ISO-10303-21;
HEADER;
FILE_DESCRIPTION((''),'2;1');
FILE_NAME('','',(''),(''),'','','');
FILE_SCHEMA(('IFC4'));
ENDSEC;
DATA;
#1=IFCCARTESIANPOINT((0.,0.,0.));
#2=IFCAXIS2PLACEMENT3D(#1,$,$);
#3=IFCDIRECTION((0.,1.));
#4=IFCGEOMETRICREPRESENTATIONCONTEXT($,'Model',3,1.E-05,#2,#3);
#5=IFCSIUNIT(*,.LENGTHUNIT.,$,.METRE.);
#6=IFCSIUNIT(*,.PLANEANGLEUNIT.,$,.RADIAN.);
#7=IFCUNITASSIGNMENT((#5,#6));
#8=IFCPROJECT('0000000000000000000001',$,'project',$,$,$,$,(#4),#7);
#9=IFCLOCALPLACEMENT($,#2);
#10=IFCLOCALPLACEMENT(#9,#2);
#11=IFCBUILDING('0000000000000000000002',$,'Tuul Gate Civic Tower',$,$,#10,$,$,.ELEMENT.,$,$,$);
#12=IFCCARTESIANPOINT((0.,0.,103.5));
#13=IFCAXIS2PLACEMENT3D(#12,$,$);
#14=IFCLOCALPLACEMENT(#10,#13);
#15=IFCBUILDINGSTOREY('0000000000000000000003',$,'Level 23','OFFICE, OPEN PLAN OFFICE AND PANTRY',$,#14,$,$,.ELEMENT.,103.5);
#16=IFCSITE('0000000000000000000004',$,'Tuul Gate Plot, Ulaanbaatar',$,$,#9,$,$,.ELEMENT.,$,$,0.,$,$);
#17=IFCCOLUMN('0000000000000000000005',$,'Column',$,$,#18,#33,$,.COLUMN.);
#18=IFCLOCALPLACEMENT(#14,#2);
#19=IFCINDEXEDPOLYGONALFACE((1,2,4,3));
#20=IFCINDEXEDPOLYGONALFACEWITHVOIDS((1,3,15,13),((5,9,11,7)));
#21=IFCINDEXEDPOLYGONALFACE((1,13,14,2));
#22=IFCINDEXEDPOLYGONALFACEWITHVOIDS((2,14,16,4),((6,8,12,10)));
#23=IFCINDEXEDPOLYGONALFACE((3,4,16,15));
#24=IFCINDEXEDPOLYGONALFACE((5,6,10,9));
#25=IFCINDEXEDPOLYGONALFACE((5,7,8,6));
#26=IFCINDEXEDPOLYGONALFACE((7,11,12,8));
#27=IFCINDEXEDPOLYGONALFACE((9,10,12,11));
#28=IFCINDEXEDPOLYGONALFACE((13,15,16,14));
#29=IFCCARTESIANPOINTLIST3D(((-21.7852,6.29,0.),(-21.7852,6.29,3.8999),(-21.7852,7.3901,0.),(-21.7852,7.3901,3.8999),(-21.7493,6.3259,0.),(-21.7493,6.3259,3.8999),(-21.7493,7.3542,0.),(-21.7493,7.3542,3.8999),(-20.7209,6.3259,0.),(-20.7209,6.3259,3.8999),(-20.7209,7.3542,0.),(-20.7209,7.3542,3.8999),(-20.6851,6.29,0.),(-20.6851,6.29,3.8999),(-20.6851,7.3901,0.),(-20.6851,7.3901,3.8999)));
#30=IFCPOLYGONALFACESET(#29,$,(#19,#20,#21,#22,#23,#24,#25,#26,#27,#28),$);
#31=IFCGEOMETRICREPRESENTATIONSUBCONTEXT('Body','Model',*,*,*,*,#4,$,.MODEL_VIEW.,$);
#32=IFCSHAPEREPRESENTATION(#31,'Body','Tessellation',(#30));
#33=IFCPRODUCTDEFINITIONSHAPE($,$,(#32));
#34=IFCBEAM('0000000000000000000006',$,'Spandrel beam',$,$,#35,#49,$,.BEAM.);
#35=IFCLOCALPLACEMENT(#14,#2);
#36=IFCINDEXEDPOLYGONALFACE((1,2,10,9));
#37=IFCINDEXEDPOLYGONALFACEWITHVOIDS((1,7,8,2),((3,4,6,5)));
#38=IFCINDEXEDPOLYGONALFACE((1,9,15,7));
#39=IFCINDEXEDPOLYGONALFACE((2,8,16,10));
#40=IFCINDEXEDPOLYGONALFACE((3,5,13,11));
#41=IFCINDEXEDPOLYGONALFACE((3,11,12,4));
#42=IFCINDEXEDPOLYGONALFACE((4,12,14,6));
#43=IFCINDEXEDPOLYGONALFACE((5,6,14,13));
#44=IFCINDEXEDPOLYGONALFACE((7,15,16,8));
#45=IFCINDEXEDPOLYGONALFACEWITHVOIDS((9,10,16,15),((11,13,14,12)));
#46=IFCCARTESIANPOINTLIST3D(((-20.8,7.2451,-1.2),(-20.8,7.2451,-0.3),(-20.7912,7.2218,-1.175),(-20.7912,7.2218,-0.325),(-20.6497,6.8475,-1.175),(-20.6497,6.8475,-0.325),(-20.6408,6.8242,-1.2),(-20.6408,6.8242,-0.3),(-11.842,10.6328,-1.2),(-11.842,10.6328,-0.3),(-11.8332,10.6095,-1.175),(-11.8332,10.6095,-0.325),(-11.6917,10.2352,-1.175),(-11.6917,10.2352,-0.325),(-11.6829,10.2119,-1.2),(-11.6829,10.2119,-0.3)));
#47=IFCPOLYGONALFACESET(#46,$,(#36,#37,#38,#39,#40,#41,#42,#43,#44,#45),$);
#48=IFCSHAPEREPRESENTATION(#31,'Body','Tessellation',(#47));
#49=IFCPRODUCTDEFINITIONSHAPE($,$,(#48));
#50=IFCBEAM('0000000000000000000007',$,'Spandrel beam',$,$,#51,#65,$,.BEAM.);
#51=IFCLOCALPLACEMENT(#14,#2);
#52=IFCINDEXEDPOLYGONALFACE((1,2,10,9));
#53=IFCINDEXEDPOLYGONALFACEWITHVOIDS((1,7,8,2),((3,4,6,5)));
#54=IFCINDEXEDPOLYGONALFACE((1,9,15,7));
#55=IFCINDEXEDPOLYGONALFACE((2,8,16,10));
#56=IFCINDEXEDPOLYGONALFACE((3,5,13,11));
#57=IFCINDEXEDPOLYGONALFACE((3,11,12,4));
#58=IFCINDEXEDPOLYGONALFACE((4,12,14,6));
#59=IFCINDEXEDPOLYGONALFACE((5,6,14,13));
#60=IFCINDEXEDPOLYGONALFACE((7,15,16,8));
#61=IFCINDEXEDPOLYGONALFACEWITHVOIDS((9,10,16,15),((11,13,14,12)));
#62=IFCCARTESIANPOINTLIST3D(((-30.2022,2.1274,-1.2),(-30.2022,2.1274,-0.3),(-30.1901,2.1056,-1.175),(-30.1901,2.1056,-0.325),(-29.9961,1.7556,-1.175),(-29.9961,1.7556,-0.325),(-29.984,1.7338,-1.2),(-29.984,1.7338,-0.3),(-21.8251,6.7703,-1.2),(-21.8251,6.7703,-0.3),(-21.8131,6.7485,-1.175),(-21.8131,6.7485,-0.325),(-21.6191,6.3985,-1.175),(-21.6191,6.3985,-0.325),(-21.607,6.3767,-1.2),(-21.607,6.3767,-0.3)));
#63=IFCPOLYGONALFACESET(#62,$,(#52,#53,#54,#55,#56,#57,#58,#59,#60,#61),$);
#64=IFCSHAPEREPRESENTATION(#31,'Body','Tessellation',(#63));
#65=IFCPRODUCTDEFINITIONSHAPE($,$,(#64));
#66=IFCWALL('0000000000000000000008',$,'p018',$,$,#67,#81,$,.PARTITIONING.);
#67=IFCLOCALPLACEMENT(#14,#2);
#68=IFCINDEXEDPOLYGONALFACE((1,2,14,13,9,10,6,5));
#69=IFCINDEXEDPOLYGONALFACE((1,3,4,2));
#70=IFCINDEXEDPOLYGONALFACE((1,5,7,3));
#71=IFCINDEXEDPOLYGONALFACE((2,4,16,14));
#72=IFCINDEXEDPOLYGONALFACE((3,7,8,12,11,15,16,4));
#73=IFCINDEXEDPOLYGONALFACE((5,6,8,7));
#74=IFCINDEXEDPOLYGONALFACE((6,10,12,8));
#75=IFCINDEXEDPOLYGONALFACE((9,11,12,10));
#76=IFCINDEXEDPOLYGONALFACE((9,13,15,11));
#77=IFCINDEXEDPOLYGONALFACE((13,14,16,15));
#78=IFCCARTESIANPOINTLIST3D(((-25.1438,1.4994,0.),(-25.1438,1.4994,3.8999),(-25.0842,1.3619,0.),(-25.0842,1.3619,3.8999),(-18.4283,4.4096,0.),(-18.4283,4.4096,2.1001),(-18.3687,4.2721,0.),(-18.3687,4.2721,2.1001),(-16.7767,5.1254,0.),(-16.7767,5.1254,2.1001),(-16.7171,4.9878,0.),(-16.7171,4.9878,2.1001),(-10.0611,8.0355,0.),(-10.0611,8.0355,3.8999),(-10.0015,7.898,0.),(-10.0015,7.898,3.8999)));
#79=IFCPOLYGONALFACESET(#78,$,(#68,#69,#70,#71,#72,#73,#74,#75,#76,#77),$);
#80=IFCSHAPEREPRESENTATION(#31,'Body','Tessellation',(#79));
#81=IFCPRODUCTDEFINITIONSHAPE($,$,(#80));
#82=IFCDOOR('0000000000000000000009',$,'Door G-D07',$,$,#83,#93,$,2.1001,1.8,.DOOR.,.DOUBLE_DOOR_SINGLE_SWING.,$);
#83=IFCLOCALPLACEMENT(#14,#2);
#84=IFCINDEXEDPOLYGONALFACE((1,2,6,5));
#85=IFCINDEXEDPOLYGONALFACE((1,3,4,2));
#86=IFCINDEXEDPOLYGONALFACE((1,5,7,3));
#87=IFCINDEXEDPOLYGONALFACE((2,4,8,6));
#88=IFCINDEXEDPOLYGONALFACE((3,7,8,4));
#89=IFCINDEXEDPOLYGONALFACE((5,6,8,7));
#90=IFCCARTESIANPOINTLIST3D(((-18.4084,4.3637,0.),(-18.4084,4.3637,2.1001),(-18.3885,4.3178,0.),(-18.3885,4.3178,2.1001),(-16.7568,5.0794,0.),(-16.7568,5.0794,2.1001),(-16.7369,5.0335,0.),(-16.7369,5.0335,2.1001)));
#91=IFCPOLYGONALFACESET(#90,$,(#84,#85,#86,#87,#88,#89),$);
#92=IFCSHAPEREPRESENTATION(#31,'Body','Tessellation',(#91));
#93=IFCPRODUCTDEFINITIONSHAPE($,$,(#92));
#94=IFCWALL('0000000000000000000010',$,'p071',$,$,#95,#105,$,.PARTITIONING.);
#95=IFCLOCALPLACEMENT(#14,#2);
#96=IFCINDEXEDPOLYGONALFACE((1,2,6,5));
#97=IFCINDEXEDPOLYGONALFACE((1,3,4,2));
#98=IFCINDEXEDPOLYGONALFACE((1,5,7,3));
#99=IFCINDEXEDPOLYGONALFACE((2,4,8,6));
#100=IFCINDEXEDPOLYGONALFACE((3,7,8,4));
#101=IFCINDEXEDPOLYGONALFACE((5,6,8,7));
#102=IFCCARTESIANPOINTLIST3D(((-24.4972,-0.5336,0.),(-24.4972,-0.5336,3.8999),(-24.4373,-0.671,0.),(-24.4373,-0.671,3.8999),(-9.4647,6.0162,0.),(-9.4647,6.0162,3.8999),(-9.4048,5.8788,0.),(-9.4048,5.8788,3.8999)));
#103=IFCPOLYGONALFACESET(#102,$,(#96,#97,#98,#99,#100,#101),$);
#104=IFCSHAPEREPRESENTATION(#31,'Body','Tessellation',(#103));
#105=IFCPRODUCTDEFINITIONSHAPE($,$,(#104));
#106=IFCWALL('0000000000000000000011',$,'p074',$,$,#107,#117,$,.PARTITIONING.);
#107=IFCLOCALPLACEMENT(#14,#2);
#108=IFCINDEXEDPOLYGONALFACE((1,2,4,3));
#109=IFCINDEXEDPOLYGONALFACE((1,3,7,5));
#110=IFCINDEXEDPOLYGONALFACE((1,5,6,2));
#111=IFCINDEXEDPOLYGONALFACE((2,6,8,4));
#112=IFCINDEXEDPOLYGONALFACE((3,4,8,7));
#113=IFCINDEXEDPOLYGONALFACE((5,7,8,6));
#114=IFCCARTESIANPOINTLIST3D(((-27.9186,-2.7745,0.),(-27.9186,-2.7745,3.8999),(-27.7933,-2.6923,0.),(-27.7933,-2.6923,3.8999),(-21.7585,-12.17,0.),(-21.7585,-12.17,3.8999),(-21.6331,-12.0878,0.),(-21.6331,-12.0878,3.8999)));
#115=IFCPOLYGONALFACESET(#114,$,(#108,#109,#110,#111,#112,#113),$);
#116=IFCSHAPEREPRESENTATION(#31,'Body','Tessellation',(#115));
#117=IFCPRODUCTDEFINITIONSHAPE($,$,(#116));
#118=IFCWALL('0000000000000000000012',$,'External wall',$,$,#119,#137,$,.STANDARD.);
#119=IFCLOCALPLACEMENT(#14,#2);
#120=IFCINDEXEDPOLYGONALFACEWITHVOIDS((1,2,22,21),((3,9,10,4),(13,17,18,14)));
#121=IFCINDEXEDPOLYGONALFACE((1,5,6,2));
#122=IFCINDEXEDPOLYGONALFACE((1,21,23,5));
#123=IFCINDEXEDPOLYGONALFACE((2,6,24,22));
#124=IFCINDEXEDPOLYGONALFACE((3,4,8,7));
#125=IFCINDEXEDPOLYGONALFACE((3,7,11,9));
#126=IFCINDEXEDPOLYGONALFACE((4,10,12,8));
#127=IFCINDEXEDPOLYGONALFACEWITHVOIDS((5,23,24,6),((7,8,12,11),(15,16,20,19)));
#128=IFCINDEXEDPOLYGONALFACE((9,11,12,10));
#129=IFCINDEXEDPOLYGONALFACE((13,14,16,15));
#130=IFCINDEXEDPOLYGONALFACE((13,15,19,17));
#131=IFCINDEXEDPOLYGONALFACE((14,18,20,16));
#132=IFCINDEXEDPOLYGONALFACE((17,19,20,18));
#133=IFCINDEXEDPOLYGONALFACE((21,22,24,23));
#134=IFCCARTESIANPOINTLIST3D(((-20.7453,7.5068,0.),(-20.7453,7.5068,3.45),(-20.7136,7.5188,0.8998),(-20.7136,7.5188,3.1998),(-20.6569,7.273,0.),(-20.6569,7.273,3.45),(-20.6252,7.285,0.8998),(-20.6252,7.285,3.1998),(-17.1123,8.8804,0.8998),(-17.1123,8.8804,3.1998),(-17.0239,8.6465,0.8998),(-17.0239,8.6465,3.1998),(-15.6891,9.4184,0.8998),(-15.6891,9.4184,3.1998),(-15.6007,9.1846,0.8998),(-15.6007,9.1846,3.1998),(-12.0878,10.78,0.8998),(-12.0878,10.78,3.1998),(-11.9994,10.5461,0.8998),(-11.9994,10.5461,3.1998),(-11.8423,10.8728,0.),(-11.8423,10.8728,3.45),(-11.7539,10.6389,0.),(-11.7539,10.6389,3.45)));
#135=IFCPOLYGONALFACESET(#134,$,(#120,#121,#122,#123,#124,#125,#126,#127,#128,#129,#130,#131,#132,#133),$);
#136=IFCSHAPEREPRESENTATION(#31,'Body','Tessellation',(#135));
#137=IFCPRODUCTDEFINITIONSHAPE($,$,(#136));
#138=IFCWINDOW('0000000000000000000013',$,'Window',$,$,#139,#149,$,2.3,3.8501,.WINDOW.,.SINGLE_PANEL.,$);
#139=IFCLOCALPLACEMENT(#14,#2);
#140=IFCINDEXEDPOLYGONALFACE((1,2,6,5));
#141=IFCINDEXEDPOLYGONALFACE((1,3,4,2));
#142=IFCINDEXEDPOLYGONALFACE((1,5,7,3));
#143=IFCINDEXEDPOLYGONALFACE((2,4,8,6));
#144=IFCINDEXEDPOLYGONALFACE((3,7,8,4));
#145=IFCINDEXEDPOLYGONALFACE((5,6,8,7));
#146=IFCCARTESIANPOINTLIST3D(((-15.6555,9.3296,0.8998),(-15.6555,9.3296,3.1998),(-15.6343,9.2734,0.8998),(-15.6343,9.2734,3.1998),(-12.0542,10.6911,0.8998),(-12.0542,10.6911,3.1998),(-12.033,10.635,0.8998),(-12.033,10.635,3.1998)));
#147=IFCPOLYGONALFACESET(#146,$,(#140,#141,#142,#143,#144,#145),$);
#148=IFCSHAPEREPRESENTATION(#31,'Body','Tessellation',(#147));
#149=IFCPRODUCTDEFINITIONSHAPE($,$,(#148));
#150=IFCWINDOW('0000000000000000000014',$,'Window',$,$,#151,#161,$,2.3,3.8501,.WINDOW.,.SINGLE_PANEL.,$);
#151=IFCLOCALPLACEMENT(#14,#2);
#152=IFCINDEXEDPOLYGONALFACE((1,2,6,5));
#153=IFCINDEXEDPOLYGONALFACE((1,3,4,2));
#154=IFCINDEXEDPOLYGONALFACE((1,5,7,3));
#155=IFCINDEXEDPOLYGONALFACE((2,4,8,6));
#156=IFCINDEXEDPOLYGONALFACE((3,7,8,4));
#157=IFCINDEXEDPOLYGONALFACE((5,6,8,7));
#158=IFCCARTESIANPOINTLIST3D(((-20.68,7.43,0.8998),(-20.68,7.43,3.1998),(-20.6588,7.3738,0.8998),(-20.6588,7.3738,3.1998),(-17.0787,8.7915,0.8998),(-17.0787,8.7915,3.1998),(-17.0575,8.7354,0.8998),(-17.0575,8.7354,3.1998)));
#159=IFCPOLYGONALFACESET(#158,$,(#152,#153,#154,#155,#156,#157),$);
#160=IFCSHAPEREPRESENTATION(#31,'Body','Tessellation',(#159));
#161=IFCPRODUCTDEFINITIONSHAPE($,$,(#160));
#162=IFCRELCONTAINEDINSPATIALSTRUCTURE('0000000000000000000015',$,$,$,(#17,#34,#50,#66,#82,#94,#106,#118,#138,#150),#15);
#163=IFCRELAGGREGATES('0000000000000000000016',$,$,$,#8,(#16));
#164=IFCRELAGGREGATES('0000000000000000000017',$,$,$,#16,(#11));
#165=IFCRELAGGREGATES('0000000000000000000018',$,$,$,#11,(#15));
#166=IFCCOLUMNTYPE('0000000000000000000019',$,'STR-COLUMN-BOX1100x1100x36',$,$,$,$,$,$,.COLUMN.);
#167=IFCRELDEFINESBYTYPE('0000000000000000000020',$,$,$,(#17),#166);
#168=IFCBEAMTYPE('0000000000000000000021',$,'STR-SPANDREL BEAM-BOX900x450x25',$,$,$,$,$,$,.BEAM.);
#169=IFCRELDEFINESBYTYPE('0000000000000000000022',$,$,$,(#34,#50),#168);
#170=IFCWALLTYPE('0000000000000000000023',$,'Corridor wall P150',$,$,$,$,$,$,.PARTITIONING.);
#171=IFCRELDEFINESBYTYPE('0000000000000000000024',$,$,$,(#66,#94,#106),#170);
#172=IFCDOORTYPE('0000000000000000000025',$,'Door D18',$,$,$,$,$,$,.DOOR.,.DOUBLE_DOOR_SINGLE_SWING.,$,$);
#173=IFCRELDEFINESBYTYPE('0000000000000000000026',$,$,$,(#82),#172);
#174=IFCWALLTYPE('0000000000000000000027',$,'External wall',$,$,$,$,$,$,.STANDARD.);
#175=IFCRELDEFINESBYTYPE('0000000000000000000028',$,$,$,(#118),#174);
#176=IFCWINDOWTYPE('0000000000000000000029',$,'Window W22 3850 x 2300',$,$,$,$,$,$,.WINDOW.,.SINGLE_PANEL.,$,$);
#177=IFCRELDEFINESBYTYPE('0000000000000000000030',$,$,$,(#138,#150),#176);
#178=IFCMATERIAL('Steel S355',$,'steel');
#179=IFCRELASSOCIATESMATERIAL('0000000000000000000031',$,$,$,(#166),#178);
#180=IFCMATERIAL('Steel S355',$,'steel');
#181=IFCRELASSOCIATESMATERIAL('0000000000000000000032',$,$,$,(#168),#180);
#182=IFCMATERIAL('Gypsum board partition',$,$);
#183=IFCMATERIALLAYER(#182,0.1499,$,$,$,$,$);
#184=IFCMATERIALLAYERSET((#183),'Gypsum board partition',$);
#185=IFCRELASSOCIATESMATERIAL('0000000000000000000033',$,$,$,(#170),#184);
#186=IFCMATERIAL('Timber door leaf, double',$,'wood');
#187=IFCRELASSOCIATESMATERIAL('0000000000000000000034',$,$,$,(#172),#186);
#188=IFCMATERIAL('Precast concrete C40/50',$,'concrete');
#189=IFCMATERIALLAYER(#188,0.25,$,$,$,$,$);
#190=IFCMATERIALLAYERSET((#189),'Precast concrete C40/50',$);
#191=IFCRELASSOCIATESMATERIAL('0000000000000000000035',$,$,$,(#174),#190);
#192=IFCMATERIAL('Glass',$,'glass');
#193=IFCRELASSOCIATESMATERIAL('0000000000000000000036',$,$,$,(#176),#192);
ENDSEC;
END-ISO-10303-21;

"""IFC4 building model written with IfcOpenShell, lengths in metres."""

from ifc_helpers import new_model, si_unit, direction, frame, frame_2d, origin, origin_2d, place, context, subcontext, project, spatial, rectangle, hollow_rectangle, extrude, material, layer, layer_set, material_profile, profile_set, type_object, element, fill, save


model = new_model("IFC4")

# Units and contexts
model_context = context("Model", 3, precision=1e-05, world=origin(), true_north=direction((0.0, 1.0)))
body_context = subcontext(model_context, "Body", "Model", "MODEL_VIEW")
ifc_project = project(units=[si_unit("LENGTHUNIT", "METRE"), si_unit("PLANEANGLEUNIT", "RADIAN")], contexts=[model_context])

# Site, building, storey
site_placement = place(None, origin())
site = spatial("IfcSite", under=ifc_project, at=site_placement, Name="Tuul Gate Plot, Ulaanbaatar", CompositionType="ELEMENT", RefElevation=0.0)
building_placement = place(site_placement, origin())
building = spatial("IfcBuilding", under=site, at=building_placement, Name="Tuul Gate Civic Tower", CompositionType="ELEMENT")
storey_placement = place(building_placement, frame((0.0, 0.0, 103.5)))
storey = spatial("IfcBuildingStorey", under=building, at=storey_placement, Name="Level 23", Description="OFFICE, OPEN PLAN OFFICE AND PANTRY", CompositionType="ELEMENT", Elevation=103.5)

# Column
ifc_material_1 = material(Name="Steel S355", Category="steel")
ifc_material_profile_1 = material_profile(ifc_material_1, hollow_rectangle(XDim=1.1001, YDim=1.1001, WallThickness=0.0359, at=origin_2d()), Name="BOX1100x1100x36")
ifc_profile_set_1 = profile_set([ifc_material_profile_1], Name="Steel S355")
column_type = type_object("IfcColumnType", Name="STR-COLUMN-BOX1100x1100x36", PredefinedType="COLUMN", material=ifc_profile_set_1)
column_placement = place(storey_placement, frame((-21.2351, 6.8401, 0.0), z_axis=(0.0, 0.0, 1.0), x_axis=(1.0, 0.0, 0.0)))
element("IfcColumn", 1, at=column_placement, inside=storey, type_object=column_type, Name="Column", PredefinedType="COLUMN", context=body_context, shape_type="SweptSolid", body=[
    extrude(hollow_rectangle(XDim=1.1001, YDim=1.1001, WallThickness=0.0359, at=origin_2d()), origin(), (0.0, 0.0, 1.0), 3.8999),
])

# Beams
ifc_material_2 = material(Name="Steel S355", Category="steel")
ifc_material_profile_2 = material_profile(ifc_material_2, hollow_rectangle(XDim=0.45, YDim=0.8999, WallThickness=0.0249, at=origin_2d()), Name="BOX900x450x25")
ifc_profile_set_2 = profile_set([ifc_material_profile_2], Name="Steel S355")
beam_type = type_object("IfcBeamType", Name="STR-SPANDREL BEAM-BOX900x450x25", PredefinedType="BEAM", material=ifc_profile_set_2)
beam_1_placement = place(storey_placement, frame((-11.7625, 10.4224, -0.75), z_axis=(-0.935349, -0.353726, 0.0), x_axis=(0.353726, -0.935349, 0.0)))
element("IfcBeam", 2, at=beam_1_placement, inside=storey, type_object=beam_type, Name="Spandrel beam", PredefinedType="BEAM", context=body_context, shape_type="SweptSolid", body=[
    extrude(hollow_rectangle(XDim=0.45, YDim=0.8999, WallThickness=0.0249, at=origin_2d()), origin(), (0.0, 0.0, 1.0), 9.5771),
])
beam_2_placement = place(storey_placement, frame((-21.7161, 6.5735, -0.75), z_axis=(-0.874646, -0.484762, 0.0), x_axis=(0.484762, -0.874646, 0.0)))
element("IfcBeam", 3, at=beam_2_placement, inside=storey, type_object=beam_type, Name="Spandrel beam", PredefinedType="BEAM", context=body_context, shape_type="SweptSolid", body=[
    extrude(hollow_rectangle(XDim=0.45, YDim=0.8999, WallThickness=0.0249, at=origin_2d()), origin(), (0.0, 0.0, 1.0), 9.5776),
])

# Wall, opening, door
ifc_material_3 = material(Name="Gypsum board partition")
ifc_layer_1 = layer(ifc_material_3, 0.1499)
ifc_layer_set_1 = layer_set([ifc_layer_1], Name="Gypsum board partition")
wall_type_1 = type_object("IfcWallType", Name="Corridor wall P150", PredefinedType="PARTITIONING", material=ifc_layer_set_1)
wall_1_placement = place(storey_placement, frame((-25.114, 1.4307, 0.0), z_axis=(0.0, 0.0, 1.0), x_axis=(0.91755, 0.397621, 0.0)))
wall_1 = element("IfcWall", 4, at=wall_1_placement, inside=storey, type_object=wall_type_1, Name="p018", PredefinedType="PARTITIONING", context=body_context, shape_type="SweptSolid", body=[
    extrude(rectangle(XDim=16.438, YDim=0.1499, at=frame_2d((8.219, 0.0))), origin(), (0.0, 0.0, 1.0), 3.8999),
])
opening_1_placement = place(wall_1_placement, frame((7.3191, 0.0, 0.0)))
opening_1 = element("IfcOpeningElement", 5, at=opening_1_placement, cuts=wall_1, PredefinedType="OPENING", context=body_context, shape_type="SweptSolid", body=[
    extrude(rectangle(XDim=1.8, YDim=2.1001, at=frame_2d((0.8999, 1.05))), frame((0.0, 0.085, 0.0), z_axis=(0.0, -1.0, 0.0), x_axis=(1.0, 0.0, 0.0)), (0.0, 0.0, 1.0), 0.1699),
])
ifc_material_4 = material(Name="Timber door leaf, double", Category="wood")
door_type = type_object("IfcDoorType", Name="Door D18", OperationType="DOUBLE_DOOR_SINGLE_SWING", PredefinedType="DOOR", material=ifc_material_4)
door_placement = place(opening_1_placement, origin())
door = element("IfcDoor", 6, at=door_placement, inside=storey, type_object=door_type, Name="Door G-D07", OperationType="DOUBLE_DOOR_SINGLE_SWING", OverallHeight=2.1001, OverallWidth=1.8, PredefinedType="DOOR", context=body_context, shape_type="SweptSolid", body=[
    extrude(rectangle(XDim=1.8, YDim=2.1001, at=frame_2d((0.8999, 1.05))), frame((0.0, 0.0249, 0.0), z_axis=(0.0, -1.0, 0.0), x_axis=(1.0, 0.0, 0.0)), (0.0, 0.0, 1.0), 0.05),
])
fill(opening_1, door)

# Walls
wall_2_placement = place(storey_placement, frame((-24.4673, -0.6023, 0.0), z_axis=(0.0, 0.0, 1.0), x_axis=(0.916759, 0.399441, 0.0)))
element("IfcWall", 7, at=wall_2_placement, inside=storey, type_object=wall_type_1, Name="p071", PredefinedType="PARTITIONING", context=body_context, shape_type="SweptSolid", body=[
    extrude(rectangle(XDim=16.3975, YDim=0.1499, at=frame_2d((8.1987, 0.0))), origin(), (0.0, 0.0, 1.0), 3.8999),
])
wall_3_placement = place(storey_placement, frame((-27.856, -2.7334, 0.0), z_axis=(0.0, 0.0, 1.0), x_axis=(0.548305, -0.836278, 0.0)))
element("IfcWall", 8, at=wall_3_placement, inside=storey, type_object=wall_type_1, Name="p074", PredefinedType="PARTITIONING", context=body_context, shape_type="SweptSolid", body=[
    extrude(rectangle(XDim=11.2349, YDim=0.1499, at=frame_2d((5.6174, 0.0))), origin(), (0.0, 0.0, 1.0), 3.8999),
])

# Wall, openings, windows
ifc_material_5 = material(Name="Precast concrete C40/50", Category="concrete")
ifc_layer_2 = layer(ifc_material_5, 0.25)
ifc_layer_set_2 = layer_set([ifc_layer_2], Name="Precast concrete C40/50")
wall_type_2 = type_object("IfcWallType", Name="External wall", PredefinedType="STANDARD", material=ifc_layer_set_2)
wall_4_placement = place(storey_placement, frame((-11.7981, 10.7559, 0.0), z_axis=(0.0, 0.0, 1.0), x_axis=(-0.935382, -0.353638, 0.0)))
wall_4 = element("IfcWall", 9, at=wall_4_placement, inside=storey, type_object=wall_type_2, Name="External wall", PredefinedType="STANDARD", context=body_context, shape_type="SweptSolid", body=[
    extrude(rectangle(XDim=9.5181, YDim=0.25, at=frame_2d((4.759, 0.0))), origin(), (0.0, 0.0, 1.0), 3.45),
])
opening_2_placement = place(wall_4_placement, frame((0.2625, 0.0, 0.8999)))
opening_2 = element("IfcOpeningElement", 10, at=opening_2_placement, cuts=wall_4, PredefinedType="OPENING", context=body_context, shape_type="SweptSolid", body=[
    extrude(rectangle(XDim=3.8501, YDim=2.3, at=frame_2d((1.925, 1.1499))), frame((0.0, 0.135, 0.0), z_axis=(0.0, -1.0, 0.0), x_axis=(1.0, 0.0, 0.0)), (0.0, 0.0, 1.0), 0.27),
])
opening_3_placement = place(wall_4_placement, frame((5.634, 0.0, 0.8999)))
opening_3 = element("IfcOpeningElement", 11, at=opening_3_placement, cuts=wall_4, PredefinedType="OPENING", context=body_context, shape_type="SweptSolid", body=[
    extrude(rectangle(XDim=3.8501, YDim=2.3, at=frame_2d((1.925, 1.1499))), frame((0.0, 0.135, 0.0), z_axis=(0.0, -1.0, 0.0), x_axis=(1.0, 0.0, 0.0)), (0.0, 0.0, 1.0), 0.27),
])
ifc_material_6 = material(Name="Glass", Category="glass")
window_type = type_object("IfcWindowType", Name="Window W22 3850 x 2300", PartitioningType="SINGLE_PANEL", PredefinedType="WINDOW", material=ifc_material_6)
window_1_placement = place(opening_2_placement, origin())
window_1 = element("IfcWindow", 12, at=window_1_placement, inside=storey, type_object=window_type, Name="Window", OverallHeight=2.3, OverallWidth=3.8501, PartitioningType="SINGLE_PANEL", PredefinedType="WINDOW", context=body_context, shape_type="SweptSolid", body=[
    extrude(rectangle(XDim=3.8501, YDim=2.3, at=frame_2d((1.925, 1.1499))), frame((0.0, 0.03, 0.0), z_axis=(0.0, -1.0, 0.0), x_axis=(1.0, 0.0, 0.0)), (0.0, 0.0, 1.0), 0.0601),
])
fill(opening_2, window_1)
window_2_placement = place(opening_3_placement, origin())
window_2 = element("IfcWindow", 13, at=window_2_placement, inside=storey, type_object=window_type, Name="Window", OverallHeight=2.3, OverallWidth=3.8501, PartitioningType="SINGLE_PANEL", PredefinedType="WINDOW", context=body_context, shape_type="SweptSolid", body=[
    extrude(rectangle(XDim=3.8501, YDim=2.3, at=frame_2d((1.925, 1.1499))), frame((0.0, 0.03, 0.0), z_axis=(0.0, -1.0, 0.0), x_axis=(1.0, 0.0, 0.0)), (0.0, 0.0, 1.0), 0.0601),
])
fill(opening_3, window_2)

save(model, "model.ifc")
